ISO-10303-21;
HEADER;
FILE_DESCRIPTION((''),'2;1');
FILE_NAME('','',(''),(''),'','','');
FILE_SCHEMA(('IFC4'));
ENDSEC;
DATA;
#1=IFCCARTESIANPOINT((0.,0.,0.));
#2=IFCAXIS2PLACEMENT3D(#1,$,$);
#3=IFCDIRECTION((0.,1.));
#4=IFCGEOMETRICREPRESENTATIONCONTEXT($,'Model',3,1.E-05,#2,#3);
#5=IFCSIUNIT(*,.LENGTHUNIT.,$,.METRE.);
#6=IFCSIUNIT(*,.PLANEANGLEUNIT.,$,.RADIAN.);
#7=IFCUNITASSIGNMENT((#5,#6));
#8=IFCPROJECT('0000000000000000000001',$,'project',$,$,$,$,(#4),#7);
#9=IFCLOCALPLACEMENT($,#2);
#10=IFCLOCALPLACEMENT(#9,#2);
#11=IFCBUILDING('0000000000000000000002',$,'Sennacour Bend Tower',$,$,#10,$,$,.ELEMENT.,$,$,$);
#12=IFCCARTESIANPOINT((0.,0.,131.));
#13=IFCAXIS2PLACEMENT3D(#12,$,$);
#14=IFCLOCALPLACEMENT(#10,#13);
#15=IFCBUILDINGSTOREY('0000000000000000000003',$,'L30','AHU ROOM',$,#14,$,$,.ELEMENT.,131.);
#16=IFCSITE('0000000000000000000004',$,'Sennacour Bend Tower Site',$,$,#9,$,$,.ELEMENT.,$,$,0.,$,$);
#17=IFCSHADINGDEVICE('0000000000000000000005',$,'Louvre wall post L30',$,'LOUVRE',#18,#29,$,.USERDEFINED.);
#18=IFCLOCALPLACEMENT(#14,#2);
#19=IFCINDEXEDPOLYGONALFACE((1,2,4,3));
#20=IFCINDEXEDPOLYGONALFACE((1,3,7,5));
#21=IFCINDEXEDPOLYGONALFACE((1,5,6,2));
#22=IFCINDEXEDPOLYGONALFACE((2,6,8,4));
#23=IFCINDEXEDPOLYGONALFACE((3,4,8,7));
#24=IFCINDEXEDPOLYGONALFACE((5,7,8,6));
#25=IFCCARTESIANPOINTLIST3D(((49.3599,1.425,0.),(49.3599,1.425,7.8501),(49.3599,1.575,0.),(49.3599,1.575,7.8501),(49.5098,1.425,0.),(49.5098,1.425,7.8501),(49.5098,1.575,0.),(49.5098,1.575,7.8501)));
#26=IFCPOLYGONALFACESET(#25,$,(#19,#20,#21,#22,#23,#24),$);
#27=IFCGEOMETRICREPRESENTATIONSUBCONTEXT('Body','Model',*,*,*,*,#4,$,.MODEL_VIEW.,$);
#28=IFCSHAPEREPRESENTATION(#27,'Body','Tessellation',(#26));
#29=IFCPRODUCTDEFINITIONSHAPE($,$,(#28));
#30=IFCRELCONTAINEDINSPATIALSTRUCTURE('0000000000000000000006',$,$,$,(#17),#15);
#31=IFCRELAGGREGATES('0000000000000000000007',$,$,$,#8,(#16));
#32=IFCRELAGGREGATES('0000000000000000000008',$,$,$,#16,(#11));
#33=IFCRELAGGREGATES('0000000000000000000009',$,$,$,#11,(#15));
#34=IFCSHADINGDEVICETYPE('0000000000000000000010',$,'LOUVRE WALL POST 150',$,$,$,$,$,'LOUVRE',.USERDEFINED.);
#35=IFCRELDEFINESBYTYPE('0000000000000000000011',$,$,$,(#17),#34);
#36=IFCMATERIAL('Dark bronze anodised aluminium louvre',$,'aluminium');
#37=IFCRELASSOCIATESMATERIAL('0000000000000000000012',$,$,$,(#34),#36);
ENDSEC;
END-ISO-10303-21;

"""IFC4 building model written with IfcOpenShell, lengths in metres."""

from ifc_helpers import new_model, si_unit, direction, frame, origin, origin_2d, place, context, subcontext, project, spatial, rectangle, extrude, material, type_object, element, save


model = new_model("IFC4")

# Units and contexts
model_context = context("Model", 3, precision=1e-05, world=origin(), true_north=direction((0.0, 1.0)))
body_context = subcontext(model_context, "Body", "Model", "MODEL_VIEW")
ifc_project = project(units=[si_unit("LENGTHUNIT", "METRE"), si_unit("PLANEANGLEUNIT", "RADIAN")], contexts=[model_context])

# Site, building, storey
site_placement = place(None, origin())
site = spatial("IfcSite", under=ifc_project, at=site_placement, Name="Sennacour Bend Tower Site", CompositionType="ELEMENT", RefElevation=0.0)
building_placement = place(site_placement, origin())
building = spatial("IfcBuilding", under=site, at=building_placement, Name="Sennacour Bend Tower", CompositionType="ELEMENT")
storey_placement = place(building_placement, frame((0.0, 0.0, 131.0)))
storey = spatial("IfcBuildingStorey", under=building, at=storey_placement, Name="L30", Description="AHU ROOM", CompositionType="ELEMENT", Elevation=131.0)

# Shading device
ifc_material_1 = material(Name="Dark bronze anodised aluminium louvre", Category="aluminium")
shading_device_type_1 = type_object("IfcShadingDeviceType", Name="LOUVRE WALL POST 150", ElementType="LOUVRE", PredefinedType="USERDEFINED", material=ifc_material_1)
shading_device_1_placement = place(storey_placement, frame((49.4348, 1.5, 0.0), z_axis=(0.0, 0.0, 1.0), x_axis=(1.0, 0.0, 0.0)))
element("IfcShadingDevice", 1, at=shading_device_1_placement, inside=storey, type_object=shading_device_type_1, Name="Louvre wall post L30", ObjectType="LOUVRE", PredefinedType="USERDEFINED", context=body_context, shape_type="SweptSolid", body=[
    extrude(rectangle(XDim=0.1499, YDim=0.1499, at=origin_2d()), origin(), (0.0, 0.0, 1.0), 7.8501),
])

save(model, "model.ifc")
